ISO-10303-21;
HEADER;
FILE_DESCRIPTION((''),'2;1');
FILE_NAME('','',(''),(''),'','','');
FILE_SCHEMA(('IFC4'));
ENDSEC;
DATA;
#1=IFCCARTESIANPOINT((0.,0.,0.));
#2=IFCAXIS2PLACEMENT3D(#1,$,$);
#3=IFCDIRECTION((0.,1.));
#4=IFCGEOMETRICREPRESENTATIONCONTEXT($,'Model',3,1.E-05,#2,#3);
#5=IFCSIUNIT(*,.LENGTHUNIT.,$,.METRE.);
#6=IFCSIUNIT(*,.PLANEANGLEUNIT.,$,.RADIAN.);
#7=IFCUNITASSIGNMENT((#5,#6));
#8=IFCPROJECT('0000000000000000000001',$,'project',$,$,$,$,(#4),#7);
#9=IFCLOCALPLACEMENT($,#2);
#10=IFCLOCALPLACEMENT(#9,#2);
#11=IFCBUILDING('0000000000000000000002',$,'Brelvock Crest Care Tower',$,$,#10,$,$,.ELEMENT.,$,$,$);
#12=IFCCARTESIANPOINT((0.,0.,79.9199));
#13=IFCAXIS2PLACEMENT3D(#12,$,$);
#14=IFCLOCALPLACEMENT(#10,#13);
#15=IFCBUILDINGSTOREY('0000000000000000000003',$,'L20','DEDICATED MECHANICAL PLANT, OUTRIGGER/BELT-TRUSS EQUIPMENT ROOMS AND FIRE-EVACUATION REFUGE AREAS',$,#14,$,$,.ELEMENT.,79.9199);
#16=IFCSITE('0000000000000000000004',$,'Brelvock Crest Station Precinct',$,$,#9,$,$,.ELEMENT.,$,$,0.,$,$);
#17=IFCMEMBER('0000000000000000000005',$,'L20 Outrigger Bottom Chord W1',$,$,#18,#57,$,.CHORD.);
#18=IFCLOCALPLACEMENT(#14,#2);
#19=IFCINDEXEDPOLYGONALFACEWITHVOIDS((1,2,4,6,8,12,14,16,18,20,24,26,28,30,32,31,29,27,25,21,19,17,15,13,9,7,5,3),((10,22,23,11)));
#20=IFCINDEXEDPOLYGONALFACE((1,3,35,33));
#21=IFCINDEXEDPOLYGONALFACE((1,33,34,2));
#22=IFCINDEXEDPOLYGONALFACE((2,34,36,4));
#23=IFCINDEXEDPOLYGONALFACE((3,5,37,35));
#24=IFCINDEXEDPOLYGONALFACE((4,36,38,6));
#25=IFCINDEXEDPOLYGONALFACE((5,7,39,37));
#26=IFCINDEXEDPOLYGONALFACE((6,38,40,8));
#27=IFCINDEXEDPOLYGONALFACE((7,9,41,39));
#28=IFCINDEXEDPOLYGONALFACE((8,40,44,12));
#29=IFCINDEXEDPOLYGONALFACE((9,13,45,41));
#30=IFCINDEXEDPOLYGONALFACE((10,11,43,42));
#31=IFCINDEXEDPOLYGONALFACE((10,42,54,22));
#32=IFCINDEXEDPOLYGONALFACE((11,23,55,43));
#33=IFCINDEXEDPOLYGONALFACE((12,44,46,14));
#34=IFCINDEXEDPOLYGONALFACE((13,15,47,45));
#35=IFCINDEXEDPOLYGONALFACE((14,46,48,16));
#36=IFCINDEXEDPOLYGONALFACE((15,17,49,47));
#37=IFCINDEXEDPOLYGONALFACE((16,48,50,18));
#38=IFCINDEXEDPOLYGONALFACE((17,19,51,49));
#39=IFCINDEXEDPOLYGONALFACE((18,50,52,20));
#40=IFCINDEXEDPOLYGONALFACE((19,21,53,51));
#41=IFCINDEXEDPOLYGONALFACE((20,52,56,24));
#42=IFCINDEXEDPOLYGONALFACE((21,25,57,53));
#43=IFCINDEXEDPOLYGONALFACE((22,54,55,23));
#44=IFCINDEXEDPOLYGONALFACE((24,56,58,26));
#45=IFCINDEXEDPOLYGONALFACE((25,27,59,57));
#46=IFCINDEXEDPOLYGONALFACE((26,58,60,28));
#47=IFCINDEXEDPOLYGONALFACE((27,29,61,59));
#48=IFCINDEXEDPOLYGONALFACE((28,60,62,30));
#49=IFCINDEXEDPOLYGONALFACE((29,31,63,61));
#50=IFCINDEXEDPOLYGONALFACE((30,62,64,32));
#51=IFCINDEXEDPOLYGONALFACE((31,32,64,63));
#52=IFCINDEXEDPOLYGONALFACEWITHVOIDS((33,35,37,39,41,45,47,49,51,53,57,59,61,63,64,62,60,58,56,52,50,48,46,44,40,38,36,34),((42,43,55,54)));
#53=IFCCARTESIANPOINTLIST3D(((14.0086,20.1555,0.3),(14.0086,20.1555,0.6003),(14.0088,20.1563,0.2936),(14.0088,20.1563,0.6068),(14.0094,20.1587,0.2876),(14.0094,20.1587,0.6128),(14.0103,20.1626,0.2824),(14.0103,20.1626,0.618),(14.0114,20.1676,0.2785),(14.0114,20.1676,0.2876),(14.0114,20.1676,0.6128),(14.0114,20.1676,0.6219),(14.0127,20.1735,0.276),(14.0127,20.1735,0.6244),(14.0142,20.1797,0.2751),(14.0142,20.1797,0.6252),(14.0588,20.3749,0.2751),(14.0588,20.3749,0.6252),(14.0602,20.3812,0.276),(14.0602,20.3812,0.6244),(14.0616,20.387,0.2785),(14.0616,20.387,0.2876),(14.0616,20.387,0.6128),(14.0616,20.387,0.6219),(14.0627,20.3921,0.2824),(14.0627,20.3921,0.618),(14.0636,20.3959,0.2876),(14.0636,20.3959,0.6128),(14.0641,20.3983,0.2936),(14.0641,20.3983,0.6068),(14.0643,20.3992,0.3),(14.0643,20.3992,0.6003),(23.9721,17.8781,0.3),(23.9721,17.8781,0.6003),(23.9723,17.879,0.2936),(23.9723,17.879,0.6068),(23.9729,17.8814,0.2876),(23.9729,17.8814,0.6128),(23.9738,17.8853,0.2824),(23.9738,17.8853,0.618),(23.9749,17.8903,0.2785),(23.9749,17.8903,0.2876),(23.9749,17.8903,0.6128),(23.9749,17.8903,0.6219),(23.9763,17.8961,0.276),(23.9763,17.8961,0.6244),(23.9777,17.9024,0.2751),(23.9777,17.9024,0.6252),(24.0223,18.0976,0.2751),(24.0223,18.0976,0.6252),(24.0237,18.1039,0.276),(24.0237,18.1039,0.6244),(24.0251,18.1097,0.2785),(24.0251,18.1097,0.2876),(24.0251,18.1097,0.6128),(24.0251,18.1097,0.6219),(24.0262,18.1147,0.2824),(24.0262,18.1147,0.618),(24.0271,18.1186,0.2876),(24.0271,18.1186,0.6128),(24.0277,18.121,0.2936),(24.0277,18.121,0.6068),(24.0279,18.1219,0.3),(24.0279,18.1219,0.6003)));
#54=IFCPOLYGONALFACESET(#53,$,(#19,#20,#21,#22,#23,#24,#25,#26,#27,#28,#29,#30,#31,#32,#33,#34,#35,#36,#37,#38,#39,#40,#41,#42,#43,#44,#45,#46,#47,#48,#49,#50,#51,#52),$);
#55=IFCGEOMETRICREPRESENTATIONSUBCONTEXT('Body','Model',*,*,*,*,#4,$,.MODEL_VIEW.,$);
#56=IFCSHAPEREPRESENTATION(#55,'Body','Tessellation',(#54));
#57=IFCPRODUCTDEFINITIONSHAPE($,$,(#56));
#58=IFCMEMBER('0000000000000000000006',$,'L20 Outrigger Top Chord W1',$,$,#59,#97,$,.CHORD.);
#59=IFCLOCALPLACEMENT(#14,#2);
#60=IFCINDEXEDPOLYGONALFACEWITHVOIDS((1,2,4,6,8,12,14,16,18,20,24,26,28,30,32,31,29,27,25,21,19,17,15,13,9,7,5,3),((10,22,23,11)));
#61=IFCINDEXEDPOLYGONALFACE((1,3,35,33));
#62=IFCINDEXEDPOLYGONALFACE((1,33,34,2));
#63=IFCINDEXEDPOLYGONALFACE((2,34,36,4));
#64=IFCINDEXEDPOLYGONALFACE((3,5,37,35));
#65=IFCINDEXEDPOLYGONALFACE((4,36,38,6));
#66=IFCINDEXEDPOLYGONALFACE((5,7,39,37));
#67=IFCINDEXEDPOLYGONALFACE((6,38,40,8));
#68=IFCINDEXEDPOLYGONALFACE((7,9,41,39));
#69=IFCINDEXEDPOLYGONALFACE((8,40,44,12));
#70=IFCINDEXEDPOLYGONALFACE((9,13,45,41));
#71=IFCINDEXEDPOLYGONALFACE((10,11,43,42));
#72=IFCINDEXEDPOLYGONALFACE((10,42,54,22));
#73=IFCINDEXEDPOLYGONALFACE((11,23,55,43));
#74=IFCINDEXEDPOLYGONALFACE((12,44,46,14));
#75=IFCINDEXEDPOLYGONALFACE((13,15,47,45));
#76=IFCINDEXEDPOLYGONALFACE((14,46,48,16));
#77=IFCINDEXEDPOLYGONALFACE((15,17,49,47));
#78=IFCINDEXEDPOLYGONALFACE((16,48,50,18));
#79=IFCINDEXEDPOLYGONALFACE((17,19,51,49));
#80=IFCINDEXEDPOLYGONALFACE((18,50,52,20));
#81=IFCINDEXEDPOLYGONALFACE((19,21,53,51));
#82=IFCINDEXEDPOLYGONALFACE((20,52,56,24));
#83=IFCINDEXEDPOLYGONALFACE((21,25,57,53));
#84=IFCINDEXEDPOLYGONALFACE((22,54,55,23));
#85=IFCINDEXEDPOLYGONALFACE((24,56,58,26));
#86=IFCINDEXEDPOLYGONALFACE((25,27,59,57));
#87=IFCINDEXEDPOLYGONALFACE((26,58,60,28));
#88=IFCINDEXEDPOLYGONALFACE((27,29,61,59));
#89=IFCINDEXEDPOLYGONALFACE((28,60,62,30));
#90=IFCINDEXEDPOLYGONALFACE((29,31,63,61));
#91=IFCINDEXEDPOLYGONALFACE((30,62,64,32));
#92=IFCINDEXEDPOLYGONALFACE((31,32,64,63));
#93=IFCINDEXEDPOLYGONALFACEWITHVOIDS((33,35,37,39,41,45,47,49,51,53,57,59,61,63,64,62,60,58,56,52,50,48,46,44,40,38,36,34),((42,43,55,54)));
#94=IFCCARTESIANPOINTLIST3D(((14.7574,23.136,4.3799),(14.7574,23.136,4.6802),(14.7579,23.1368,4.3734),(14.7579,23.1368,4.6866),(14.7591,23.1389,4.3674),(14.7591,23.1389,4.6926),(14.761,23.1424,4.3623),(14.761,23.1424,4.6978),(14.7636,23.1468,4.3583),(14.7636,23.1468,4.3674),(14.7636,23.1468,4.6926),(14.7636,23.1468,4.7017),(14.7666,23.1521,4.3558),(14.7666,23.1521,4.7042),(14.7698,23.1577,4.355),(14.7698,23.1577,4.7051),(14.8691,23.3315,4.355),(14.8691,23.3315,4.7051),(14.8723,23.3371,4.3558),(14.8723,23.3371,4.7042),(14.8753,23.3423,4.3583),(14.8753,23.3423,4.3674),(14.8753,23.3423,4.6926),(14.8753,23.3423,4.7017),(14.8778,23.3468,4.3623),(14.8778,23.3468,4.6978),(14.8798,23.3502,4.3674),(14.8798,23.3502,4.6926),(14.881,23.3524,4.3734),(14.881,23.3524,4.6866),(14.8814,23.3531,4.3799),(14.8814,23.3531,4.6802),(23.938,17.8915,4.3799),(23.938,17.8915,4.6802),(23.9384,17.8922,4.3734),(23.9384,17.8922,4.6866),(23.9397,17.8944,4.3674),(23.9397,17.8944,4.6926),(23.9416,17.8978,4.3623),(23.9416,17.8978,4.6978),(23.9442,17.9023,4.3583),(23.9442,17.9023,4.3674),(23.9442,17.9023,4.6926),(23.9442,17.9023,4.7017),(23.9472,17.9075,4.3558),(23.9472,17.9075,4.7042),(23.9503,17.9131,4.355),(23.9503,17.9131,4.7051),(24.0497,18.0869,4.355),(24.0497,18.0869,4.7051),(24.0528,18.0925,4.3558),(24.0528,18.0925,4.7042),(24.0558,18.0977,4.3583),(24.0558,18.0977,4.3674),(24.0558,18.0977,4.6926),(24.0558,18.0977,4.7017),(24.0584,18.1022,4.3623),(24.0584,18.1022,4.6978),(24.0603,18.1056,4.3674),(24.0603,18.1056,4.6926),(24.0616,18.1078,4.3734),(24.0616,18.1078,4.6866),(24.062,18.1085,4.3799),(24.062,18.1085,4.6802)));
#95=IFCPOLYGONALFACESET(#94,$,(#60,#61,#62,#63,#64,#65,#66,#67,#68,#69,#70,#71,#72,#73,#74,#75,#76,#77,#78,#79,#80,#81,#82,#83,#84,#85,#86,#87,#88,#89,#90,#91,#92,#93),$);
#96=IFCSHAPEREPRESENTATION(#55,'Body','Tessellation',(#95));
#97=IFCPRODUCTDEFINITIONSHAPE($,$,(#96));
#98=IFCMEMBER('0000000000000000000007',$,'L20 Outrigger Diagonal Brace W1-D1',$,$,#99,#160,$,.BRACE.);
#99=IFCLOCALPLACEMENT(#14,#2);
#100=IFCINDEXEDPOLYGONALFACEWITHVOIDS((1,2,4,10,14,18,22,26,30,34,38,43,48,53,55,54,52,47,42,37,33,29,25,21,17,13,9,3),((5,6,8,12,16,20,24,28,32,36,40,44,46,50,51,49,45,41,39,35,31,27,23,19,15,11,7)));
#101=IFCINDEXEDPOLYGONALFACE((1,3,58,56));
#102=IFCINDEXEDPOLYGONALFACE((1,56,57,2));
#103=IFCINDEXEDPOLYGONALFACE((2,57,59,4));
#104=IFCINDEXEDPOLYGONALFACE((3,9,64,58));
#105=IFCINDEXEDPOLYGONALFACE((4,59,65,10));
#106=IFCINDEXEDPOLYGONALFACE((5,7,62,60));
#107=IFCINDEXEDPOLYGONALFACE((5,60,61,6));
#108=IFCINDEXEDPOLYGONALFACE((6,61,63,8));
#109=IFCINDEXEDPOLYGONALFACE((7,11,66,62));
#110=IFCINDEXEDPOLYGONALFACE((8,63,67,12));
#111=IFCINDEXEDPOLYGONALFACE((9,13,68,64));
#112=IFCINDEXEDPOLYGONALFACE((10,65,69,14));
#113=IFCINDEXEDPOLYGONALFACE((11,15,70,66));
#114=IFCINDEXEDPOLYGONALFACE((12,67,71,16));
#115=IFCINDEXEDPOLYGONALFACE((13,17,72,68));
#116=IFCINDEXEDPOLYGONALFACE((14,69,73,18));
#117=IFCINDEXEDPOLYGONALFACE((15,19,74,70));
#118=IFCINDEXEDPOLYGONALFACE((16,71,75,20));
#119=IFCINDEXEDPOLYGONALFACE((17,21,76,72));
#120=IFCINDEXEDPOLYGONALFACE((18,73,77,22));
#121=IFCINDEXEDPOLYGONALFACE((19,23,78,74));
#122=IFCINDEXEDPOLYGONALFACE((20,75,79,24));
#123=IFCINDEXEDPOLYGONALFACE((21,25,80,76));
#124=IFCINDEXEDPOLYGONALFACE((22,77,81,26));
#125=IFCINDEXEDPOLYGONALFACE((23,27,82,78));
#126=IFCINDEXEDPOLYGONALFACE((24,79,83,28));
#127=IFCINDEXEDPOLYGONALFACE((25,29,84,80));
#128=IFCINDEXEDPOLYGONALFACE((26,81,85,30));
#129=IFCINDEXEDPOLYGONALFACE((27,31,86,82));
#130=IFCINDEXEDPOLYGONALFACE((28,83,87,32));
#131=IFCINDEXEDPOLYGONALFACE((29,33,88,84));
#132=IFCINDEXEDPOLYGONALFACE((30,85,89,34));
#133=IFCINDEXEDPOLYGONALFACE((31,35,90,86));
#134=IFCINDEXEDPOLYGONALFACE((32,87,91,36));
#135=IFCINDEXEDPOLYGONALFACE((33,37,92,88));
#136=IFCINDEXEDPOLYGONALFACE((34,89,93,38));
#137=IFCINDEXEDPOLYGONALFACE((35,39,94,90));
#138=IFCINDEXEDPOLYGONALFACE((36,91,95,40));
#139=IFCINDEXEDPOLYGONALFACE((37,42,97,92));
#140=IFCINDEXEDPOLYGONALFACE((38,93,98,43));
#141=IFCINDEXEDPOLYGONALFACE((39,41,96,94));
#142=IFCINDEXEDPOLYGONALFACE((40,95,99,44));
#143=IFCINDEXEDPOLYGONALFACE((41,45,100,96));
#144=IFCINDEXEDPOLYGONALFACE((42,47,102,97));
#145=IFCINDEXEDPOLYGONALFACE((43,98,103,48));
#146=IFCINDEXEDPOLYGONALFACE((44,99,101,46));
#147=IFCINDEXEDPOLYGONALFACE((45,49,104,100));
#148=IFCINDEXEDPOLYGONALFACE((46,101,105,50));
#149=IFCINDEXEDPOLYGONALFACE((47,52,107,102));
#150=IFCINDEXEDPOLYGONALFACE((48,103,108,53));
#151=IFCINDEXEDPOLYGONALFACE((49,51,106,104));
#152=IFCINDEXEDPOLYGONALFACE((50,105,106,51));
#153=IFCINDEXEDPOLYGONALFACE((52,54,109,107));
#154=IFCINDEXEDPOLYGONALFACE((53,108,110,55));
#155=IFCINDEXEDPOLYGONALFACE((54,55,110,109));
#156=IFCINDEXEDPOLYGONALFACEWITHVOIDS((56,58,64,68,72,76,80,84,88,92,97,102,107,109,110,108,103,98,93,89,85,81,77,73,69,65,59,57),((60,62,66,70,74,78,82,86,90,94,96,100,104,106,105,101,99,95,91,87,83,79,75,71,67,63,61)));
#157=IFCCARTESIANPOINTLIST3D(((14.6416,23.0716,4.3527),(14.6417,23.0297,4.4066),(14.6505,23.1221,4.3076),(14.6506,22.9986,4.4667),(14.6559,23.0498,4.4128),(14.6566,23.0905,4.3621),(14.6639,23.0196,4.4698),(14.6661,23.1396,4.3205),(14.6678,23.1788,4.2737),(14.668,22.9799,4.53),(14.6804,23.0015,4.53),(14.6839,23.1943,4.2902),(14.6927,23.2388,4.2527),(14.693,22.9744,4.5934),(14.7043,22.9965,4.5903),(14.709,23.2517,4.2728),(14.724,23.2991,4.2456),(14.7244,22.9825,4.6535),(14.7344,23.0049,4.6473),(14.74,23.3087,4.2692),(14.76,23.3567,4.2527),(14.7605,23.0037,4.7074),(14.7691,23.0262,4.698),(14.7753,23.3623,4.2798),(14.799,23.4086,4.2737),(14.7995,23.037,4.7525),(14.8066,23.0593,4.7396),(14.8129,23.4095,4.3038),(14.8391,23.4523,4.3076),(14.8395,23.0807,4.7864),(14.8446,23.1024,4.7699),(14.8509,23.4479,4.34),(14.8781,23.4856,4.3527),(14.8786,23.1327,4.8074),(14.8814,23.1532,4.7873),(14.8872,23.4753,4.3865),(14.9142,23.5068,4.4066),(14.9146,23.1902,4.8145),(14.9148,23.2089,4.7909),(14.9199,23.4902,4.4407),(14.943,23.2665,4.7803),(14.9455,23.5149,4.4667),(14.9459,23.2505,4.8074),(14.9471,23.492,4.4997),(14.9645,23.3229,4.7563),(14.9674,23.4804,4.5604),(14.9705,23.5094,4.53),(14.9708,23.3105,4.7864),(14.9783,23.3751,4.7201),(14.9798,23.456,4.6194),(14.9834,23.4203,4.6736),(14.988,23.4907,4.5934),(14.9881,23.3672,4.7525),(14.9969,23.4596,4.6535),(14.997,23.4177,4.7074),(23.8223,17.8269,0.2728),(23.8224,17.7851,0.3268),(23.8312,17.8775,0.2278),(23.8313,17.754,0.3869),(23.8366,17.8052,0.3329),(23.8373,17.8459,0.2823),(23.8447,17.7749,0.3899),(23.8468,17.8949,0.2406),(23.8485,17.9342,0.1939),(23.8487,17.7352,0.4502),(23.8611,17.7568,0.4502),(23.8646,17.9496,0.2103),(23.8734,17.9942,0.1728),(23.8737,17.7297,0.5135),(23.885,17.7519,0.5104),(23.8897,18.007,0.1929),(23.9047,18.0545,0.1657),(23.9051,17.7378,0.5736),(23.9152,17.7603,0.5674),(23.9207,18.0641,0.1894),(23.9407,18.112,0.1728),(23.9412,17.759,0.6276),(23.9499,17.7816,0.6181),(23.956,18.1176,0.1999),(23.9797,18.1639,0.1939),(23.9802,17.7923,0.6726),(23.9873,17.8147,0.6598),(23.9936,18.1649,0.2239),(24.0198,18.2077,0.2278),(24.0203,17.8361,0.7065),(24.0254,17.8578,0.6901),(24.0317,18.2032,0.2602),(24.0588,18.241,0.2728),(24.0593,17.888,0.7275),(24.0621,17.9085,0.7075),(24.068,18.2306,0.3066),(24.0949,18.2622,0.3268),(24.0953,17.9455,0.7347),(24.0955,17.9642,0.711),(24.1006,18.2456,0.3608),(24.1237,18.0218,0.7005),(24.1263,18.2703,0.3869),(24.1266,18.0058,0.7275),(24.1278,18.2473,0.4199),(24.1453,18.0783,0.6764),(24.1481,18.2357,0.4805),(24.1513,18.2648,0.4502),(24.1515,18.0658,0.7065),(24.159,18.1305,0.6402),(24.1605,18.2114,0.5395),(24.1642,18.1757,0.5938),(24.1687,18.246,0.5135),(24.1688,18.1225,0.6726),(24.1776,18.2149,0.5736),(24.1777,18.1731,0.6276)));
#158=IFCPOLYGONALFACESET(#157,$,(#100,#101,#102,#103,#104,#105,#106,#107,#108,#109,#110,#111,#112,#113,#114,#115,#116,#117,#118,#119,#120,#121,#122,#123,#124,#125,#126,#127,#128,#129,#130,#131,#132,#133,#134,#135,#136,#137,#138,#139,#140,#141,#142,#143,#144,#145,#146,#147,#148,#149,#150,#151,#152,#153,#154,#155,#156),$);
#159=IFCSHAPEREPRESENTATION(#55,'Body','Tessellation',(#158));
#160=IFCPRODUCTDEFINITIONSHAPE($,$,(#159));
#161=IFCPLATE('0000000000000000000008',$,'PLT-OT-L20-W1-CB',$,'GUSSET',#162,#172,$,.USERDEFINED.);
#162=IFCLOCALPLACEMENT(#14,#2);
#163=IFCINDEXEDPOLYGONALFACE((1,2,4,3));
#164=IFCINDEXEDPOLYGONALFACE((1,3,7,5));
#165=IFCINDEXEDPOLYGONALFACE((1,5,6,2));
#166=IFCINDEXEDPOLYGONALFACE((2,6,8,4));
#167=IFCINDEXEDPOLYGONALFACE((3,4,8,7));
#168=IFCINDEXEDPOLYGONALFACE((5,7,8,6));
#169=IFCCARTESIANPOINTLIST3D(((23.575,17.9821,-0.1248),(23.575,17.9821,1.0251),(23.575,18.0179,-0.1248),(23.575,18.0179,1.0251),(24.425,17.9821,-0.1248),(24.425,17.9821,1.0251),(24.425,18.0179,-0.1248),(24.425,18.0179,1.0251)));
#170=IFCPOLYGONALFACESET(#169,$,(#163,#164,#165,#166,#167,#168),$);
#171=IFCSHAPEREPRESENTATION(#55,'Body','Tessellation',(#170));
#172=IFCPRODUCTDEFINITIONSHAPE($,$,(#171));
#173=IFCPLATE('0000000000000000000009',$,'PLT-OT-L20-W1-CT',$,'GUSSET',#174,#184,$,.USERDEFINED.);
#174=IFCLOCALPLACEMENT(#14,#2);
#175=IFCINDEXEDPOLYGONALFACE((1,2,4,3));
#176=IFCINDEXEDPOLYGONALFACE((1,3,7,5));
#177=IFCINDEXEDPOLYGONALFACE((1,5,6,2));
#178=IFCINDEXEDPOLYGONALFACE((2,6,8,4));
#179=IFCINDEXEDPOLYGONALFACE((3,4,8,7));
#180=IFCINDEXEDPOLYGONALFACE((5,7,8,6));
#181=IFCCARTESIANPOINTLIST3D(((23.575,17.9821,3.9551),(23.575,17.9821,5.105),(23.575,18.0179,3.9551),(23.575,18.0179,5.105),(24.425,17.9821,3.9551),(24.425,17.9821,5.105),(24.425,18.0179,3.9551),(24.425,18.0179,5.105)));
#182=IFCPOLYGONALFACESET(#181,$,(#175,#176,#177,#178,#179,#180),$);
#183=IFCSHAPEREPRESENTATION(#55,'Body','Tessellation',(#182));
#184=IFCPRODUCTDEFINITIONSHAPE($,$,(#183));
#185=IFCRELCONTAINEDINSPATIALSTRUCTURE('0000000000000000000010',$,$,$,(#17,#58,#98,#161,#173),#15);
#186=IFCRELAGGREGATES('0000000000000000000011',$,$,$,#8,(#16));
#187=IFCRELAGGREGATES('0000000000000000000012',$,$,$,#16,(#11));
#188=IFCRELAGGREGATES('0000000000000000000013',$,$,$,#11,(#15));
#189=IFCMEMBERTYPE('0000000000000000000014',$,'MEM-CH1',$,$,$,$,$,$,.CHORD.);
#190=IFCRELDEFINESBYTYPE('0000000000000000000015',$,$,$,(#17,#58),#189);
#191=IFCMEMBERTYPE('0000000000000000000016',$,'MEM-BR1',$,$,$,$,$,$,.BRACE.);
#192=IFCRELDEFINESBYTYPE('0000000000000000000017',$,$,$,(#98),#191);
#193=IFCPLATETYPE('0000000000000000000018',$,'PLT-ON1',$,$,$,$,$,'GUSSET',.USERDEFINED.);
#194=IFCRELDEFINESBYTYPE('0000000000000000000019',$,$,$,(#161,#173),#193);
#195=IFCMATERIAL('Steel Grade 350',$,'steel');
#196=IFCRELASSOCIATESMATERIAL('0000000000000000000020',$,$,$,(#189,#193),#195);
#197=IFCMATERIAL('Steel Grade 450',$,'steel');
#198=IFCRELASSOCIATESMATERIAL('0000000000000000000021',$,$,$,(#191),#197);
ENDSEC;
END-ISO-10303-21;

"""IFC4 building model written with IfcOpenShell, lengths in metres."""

from ifc_helpers import new_model, si_unit, direction, frame, origin, origin_2d, place, context, subcontext, project, spatial, rectangle, hollow_rectangle, hollow_circle, extrude, source, transform, mapped, material, material_profile, profile_set, type_object, element, save


model = new_model("IFC4")

# Units and contexts
model_context = context("Model", 3, precision=1e-05, world=origin(), true_north=direction((0.0, 1.0)))
body_context = subcontext(model_context, "Body", "Model", "MODEL_VIEW")
ifc_project = project(units=[si_unit("LENGTHUNIT", "METRE"), si_unit("PLANEANGLEUNIT", "RADIAN")], contexts=[model_context])

# Site, building, storey
site_placement = place(None, origin())
site = spatial("IfcSite", under=ifc_project, at=site_placement, Name="Brelvock Crest Station Precinct", CompositionType="ELEMENT", RefElevation=0.0)
building_placement = place(site_placement, origin())
building = spatial("IfcBuilding", under=site, at=building_placement, Name="Brelvock Crest Care Tower", CompositionType="ELEMENT")
storey_placement = place(building_placement, frame((0.0, 0.0, 79.9199)))
storey = spatial("IfcBuildingStorey", under=building, at=storey_placement, Name="L20", Description="DEDICATED MECHANICAL PLANT, OUTRIGGER/BELT-TRUSS EQUIPMENT ROOMS AND FIRE-EVACUATION REFUGE AREAS", CompositionType="ELEMENT", Elevation=79.9199)

# Shared definitions
ifc_material_1 = material(Name="Steel Grade 350", Category="steel")

# Members
ifc_material_profile_1 = material_profile(ifc_material_1, hollow_rectangle(XDim=0.25, YDim=0.3501, WallThickness=0.0125, OuterFilletRadius=0.0249, at=origin_2d()), Name="RHS350x250x12.5")
ifc_profile_set_1 = profile_set([ifc_material_profile_1], Name="Steel Grade 350")
member_type_1 = type_object("IfcMemberType", Name="MEM-CH1", PredefinedType="CHORD", material=ifc_profile_set_1)
shared_shape_1 = source(origin(), body_context, "Body", "SweptSolid", [
    extrude(hollow_rectangle(XDim=0.25, YDim=0.3501, WallThickness=0.0125, OuterFilletRadius=0.0249, at=origin_2d()), origin(), (0.0, 0.0, 1.0), 10.2205),
])
member_1_placement = place(storey_placement, frame((24.0, 18.0, 0.4502), z_axis=(-0.97486, 0.22282, 0.0), x_axis=(-0.22282, -0.97486, 0.0)))
element("IfcMember", 1, at=member_1_placement, inside=storey, type_object=member_type_1, Name="L20 Outrigger Bottom Chord W1", PredefinedType="CHORD", context=body_context, shape_type="MappedRepresentation", body=[
    mapped(shared_shape_1, transform((0.0, 0.0, 0.0), x_axis=(1.0, 0.0, 0.0), y_axis=(0.0, 1.0, 0.0), z_axis=(0.0, 0.0, 1.0), scale=1.0)),
])
shared_shape_2 = source(origin(), body_context, "Body", "SweptSolid", [
    extrude(hollow_rectangle(XDim=0.25, YDim=0.3501, WallThickness=0.0125, OuterFilletRadius=0.0249, at=origin_2d()), origin(), (0.0, 0.0, 1.0), 10.573),
])
member_2_placement = place(storey_placement, frame((24.0, 18.0, 4.53), z_axis=(-0.868303, 0.496034, 0.0), x_axis=(-0.496034, -0.868303, 0.0)))
element("IfcMember", 2, at=member_2_placement, inside=storey, type_object=member_type_1, Name="L20 Outrigger Top Chord W1", PredefinedType="CHORD", context=body_context, shape_type="MappedRepresentation", body=[
    mapped(shared_shape_2, transform((0.0, 0.0, 0.0), x_axis=(1.0, 0.0, 0.0), y_axis=(0.0, 1.0, 0.0), z_axis=(0.0, 0.0, 1.0), scale=1.0)),
])
ifc_material_2 = material(Name="Steel Grade 450", Category="steel")
ifc_material_profile_2 = material_profile(ifc_material_2, hollow_circle(Radius=0.3049, WallThickness=0.0249, at=origin_2d()), Name="CHS610x25.0")
ifc_profile_set_2 = profile_set([ifc_material_profile_2], Name="Steel Grade 450")
member_type_2 = type_object("IfcMemberType", Name="MEM-BR1", PredefinedType="BRACE", material=ifc_profile_set_2)
shared_shape_3 = source(origin(), body_context, "Body", "SweptSolid", [
    extrude(hollow_circle(Radius=0.3049, WallThickness=0.0249, at=origin_2d()), origin(), (0.0, 0.0, 1.0), 11.333),
])
member_3_placement = place(storey_placement, frame((24.0, 18.0, 0.4502), z_axis=(-0.810086, 0.462777, 0.359998), x_axis=(-0.496034, -0.868303, 0.0)))
element("IfcMember", 3, at=member_3_placement, inside=storey, type_object=member_type_2, Name="L20 Outrigger Diagonal Brace W1-D1", PredefinedType="BRACE", context=body_context, shape_type="MappedRepresentation", body=[
    mapped(shared_shape_3, transform((0.0, 0.0, 0.0), x_axis=(1.0, 0.0, 0.0), y_axis=(0.0, 1.0, 0.0), z_axis=(0.0, 0.0, 1.0), scale=1.0)),
])

# Plates
plate_type = type_object("IfcPlateType", Name="PLT-ON1", ElementType="GUSSET", PredefinedType="USERDEFINED", material=ifc_material_1)
shared_shape_4 = source(origin(), body_context, "Body", "SweptSolid", [
    extrude(rectangle(XDim=0.8501, YDim=0.0359, at=origin_2d()), origin(), (0.0, 0.0, 1.0), 1.1499),
])
for number, where, z_axis, x_axis, name in (
    (4, (24.0, 18.0, -0.1248), (0.0, 0.0, 1.0), (1.0, 0.0, 0.0), "PLT-OT-L20-W1-CB"),
    (5, (24.0, 18.0, 3.9551), (0.0, 0.0, 1.0), (1.0, 0.0, 0.0), "PLT-OT-L20-W1-CT"),
):
    element("IfcPlate", number, at=place(storey_placement, frame(where, z_axis=z_axis, x_axis=x_axis)), inside=storey, type_object=plate_type, Name=name, ObjectType="GUSSET", PredefinedType="USERDEFINED", context=body_context, shape_type="MappedRepresentation", body=[
        mapped(shared_shape_4, transform((0.0, 0.0, 0.0), x_axis=(1.0, 0.0, 0.0), y_axis=(0.0, 1.0, 0.0), z_axis=(0.0, 0.0, 1.0), scale=1.0)),
    ])

save(model, "model.ifc")
